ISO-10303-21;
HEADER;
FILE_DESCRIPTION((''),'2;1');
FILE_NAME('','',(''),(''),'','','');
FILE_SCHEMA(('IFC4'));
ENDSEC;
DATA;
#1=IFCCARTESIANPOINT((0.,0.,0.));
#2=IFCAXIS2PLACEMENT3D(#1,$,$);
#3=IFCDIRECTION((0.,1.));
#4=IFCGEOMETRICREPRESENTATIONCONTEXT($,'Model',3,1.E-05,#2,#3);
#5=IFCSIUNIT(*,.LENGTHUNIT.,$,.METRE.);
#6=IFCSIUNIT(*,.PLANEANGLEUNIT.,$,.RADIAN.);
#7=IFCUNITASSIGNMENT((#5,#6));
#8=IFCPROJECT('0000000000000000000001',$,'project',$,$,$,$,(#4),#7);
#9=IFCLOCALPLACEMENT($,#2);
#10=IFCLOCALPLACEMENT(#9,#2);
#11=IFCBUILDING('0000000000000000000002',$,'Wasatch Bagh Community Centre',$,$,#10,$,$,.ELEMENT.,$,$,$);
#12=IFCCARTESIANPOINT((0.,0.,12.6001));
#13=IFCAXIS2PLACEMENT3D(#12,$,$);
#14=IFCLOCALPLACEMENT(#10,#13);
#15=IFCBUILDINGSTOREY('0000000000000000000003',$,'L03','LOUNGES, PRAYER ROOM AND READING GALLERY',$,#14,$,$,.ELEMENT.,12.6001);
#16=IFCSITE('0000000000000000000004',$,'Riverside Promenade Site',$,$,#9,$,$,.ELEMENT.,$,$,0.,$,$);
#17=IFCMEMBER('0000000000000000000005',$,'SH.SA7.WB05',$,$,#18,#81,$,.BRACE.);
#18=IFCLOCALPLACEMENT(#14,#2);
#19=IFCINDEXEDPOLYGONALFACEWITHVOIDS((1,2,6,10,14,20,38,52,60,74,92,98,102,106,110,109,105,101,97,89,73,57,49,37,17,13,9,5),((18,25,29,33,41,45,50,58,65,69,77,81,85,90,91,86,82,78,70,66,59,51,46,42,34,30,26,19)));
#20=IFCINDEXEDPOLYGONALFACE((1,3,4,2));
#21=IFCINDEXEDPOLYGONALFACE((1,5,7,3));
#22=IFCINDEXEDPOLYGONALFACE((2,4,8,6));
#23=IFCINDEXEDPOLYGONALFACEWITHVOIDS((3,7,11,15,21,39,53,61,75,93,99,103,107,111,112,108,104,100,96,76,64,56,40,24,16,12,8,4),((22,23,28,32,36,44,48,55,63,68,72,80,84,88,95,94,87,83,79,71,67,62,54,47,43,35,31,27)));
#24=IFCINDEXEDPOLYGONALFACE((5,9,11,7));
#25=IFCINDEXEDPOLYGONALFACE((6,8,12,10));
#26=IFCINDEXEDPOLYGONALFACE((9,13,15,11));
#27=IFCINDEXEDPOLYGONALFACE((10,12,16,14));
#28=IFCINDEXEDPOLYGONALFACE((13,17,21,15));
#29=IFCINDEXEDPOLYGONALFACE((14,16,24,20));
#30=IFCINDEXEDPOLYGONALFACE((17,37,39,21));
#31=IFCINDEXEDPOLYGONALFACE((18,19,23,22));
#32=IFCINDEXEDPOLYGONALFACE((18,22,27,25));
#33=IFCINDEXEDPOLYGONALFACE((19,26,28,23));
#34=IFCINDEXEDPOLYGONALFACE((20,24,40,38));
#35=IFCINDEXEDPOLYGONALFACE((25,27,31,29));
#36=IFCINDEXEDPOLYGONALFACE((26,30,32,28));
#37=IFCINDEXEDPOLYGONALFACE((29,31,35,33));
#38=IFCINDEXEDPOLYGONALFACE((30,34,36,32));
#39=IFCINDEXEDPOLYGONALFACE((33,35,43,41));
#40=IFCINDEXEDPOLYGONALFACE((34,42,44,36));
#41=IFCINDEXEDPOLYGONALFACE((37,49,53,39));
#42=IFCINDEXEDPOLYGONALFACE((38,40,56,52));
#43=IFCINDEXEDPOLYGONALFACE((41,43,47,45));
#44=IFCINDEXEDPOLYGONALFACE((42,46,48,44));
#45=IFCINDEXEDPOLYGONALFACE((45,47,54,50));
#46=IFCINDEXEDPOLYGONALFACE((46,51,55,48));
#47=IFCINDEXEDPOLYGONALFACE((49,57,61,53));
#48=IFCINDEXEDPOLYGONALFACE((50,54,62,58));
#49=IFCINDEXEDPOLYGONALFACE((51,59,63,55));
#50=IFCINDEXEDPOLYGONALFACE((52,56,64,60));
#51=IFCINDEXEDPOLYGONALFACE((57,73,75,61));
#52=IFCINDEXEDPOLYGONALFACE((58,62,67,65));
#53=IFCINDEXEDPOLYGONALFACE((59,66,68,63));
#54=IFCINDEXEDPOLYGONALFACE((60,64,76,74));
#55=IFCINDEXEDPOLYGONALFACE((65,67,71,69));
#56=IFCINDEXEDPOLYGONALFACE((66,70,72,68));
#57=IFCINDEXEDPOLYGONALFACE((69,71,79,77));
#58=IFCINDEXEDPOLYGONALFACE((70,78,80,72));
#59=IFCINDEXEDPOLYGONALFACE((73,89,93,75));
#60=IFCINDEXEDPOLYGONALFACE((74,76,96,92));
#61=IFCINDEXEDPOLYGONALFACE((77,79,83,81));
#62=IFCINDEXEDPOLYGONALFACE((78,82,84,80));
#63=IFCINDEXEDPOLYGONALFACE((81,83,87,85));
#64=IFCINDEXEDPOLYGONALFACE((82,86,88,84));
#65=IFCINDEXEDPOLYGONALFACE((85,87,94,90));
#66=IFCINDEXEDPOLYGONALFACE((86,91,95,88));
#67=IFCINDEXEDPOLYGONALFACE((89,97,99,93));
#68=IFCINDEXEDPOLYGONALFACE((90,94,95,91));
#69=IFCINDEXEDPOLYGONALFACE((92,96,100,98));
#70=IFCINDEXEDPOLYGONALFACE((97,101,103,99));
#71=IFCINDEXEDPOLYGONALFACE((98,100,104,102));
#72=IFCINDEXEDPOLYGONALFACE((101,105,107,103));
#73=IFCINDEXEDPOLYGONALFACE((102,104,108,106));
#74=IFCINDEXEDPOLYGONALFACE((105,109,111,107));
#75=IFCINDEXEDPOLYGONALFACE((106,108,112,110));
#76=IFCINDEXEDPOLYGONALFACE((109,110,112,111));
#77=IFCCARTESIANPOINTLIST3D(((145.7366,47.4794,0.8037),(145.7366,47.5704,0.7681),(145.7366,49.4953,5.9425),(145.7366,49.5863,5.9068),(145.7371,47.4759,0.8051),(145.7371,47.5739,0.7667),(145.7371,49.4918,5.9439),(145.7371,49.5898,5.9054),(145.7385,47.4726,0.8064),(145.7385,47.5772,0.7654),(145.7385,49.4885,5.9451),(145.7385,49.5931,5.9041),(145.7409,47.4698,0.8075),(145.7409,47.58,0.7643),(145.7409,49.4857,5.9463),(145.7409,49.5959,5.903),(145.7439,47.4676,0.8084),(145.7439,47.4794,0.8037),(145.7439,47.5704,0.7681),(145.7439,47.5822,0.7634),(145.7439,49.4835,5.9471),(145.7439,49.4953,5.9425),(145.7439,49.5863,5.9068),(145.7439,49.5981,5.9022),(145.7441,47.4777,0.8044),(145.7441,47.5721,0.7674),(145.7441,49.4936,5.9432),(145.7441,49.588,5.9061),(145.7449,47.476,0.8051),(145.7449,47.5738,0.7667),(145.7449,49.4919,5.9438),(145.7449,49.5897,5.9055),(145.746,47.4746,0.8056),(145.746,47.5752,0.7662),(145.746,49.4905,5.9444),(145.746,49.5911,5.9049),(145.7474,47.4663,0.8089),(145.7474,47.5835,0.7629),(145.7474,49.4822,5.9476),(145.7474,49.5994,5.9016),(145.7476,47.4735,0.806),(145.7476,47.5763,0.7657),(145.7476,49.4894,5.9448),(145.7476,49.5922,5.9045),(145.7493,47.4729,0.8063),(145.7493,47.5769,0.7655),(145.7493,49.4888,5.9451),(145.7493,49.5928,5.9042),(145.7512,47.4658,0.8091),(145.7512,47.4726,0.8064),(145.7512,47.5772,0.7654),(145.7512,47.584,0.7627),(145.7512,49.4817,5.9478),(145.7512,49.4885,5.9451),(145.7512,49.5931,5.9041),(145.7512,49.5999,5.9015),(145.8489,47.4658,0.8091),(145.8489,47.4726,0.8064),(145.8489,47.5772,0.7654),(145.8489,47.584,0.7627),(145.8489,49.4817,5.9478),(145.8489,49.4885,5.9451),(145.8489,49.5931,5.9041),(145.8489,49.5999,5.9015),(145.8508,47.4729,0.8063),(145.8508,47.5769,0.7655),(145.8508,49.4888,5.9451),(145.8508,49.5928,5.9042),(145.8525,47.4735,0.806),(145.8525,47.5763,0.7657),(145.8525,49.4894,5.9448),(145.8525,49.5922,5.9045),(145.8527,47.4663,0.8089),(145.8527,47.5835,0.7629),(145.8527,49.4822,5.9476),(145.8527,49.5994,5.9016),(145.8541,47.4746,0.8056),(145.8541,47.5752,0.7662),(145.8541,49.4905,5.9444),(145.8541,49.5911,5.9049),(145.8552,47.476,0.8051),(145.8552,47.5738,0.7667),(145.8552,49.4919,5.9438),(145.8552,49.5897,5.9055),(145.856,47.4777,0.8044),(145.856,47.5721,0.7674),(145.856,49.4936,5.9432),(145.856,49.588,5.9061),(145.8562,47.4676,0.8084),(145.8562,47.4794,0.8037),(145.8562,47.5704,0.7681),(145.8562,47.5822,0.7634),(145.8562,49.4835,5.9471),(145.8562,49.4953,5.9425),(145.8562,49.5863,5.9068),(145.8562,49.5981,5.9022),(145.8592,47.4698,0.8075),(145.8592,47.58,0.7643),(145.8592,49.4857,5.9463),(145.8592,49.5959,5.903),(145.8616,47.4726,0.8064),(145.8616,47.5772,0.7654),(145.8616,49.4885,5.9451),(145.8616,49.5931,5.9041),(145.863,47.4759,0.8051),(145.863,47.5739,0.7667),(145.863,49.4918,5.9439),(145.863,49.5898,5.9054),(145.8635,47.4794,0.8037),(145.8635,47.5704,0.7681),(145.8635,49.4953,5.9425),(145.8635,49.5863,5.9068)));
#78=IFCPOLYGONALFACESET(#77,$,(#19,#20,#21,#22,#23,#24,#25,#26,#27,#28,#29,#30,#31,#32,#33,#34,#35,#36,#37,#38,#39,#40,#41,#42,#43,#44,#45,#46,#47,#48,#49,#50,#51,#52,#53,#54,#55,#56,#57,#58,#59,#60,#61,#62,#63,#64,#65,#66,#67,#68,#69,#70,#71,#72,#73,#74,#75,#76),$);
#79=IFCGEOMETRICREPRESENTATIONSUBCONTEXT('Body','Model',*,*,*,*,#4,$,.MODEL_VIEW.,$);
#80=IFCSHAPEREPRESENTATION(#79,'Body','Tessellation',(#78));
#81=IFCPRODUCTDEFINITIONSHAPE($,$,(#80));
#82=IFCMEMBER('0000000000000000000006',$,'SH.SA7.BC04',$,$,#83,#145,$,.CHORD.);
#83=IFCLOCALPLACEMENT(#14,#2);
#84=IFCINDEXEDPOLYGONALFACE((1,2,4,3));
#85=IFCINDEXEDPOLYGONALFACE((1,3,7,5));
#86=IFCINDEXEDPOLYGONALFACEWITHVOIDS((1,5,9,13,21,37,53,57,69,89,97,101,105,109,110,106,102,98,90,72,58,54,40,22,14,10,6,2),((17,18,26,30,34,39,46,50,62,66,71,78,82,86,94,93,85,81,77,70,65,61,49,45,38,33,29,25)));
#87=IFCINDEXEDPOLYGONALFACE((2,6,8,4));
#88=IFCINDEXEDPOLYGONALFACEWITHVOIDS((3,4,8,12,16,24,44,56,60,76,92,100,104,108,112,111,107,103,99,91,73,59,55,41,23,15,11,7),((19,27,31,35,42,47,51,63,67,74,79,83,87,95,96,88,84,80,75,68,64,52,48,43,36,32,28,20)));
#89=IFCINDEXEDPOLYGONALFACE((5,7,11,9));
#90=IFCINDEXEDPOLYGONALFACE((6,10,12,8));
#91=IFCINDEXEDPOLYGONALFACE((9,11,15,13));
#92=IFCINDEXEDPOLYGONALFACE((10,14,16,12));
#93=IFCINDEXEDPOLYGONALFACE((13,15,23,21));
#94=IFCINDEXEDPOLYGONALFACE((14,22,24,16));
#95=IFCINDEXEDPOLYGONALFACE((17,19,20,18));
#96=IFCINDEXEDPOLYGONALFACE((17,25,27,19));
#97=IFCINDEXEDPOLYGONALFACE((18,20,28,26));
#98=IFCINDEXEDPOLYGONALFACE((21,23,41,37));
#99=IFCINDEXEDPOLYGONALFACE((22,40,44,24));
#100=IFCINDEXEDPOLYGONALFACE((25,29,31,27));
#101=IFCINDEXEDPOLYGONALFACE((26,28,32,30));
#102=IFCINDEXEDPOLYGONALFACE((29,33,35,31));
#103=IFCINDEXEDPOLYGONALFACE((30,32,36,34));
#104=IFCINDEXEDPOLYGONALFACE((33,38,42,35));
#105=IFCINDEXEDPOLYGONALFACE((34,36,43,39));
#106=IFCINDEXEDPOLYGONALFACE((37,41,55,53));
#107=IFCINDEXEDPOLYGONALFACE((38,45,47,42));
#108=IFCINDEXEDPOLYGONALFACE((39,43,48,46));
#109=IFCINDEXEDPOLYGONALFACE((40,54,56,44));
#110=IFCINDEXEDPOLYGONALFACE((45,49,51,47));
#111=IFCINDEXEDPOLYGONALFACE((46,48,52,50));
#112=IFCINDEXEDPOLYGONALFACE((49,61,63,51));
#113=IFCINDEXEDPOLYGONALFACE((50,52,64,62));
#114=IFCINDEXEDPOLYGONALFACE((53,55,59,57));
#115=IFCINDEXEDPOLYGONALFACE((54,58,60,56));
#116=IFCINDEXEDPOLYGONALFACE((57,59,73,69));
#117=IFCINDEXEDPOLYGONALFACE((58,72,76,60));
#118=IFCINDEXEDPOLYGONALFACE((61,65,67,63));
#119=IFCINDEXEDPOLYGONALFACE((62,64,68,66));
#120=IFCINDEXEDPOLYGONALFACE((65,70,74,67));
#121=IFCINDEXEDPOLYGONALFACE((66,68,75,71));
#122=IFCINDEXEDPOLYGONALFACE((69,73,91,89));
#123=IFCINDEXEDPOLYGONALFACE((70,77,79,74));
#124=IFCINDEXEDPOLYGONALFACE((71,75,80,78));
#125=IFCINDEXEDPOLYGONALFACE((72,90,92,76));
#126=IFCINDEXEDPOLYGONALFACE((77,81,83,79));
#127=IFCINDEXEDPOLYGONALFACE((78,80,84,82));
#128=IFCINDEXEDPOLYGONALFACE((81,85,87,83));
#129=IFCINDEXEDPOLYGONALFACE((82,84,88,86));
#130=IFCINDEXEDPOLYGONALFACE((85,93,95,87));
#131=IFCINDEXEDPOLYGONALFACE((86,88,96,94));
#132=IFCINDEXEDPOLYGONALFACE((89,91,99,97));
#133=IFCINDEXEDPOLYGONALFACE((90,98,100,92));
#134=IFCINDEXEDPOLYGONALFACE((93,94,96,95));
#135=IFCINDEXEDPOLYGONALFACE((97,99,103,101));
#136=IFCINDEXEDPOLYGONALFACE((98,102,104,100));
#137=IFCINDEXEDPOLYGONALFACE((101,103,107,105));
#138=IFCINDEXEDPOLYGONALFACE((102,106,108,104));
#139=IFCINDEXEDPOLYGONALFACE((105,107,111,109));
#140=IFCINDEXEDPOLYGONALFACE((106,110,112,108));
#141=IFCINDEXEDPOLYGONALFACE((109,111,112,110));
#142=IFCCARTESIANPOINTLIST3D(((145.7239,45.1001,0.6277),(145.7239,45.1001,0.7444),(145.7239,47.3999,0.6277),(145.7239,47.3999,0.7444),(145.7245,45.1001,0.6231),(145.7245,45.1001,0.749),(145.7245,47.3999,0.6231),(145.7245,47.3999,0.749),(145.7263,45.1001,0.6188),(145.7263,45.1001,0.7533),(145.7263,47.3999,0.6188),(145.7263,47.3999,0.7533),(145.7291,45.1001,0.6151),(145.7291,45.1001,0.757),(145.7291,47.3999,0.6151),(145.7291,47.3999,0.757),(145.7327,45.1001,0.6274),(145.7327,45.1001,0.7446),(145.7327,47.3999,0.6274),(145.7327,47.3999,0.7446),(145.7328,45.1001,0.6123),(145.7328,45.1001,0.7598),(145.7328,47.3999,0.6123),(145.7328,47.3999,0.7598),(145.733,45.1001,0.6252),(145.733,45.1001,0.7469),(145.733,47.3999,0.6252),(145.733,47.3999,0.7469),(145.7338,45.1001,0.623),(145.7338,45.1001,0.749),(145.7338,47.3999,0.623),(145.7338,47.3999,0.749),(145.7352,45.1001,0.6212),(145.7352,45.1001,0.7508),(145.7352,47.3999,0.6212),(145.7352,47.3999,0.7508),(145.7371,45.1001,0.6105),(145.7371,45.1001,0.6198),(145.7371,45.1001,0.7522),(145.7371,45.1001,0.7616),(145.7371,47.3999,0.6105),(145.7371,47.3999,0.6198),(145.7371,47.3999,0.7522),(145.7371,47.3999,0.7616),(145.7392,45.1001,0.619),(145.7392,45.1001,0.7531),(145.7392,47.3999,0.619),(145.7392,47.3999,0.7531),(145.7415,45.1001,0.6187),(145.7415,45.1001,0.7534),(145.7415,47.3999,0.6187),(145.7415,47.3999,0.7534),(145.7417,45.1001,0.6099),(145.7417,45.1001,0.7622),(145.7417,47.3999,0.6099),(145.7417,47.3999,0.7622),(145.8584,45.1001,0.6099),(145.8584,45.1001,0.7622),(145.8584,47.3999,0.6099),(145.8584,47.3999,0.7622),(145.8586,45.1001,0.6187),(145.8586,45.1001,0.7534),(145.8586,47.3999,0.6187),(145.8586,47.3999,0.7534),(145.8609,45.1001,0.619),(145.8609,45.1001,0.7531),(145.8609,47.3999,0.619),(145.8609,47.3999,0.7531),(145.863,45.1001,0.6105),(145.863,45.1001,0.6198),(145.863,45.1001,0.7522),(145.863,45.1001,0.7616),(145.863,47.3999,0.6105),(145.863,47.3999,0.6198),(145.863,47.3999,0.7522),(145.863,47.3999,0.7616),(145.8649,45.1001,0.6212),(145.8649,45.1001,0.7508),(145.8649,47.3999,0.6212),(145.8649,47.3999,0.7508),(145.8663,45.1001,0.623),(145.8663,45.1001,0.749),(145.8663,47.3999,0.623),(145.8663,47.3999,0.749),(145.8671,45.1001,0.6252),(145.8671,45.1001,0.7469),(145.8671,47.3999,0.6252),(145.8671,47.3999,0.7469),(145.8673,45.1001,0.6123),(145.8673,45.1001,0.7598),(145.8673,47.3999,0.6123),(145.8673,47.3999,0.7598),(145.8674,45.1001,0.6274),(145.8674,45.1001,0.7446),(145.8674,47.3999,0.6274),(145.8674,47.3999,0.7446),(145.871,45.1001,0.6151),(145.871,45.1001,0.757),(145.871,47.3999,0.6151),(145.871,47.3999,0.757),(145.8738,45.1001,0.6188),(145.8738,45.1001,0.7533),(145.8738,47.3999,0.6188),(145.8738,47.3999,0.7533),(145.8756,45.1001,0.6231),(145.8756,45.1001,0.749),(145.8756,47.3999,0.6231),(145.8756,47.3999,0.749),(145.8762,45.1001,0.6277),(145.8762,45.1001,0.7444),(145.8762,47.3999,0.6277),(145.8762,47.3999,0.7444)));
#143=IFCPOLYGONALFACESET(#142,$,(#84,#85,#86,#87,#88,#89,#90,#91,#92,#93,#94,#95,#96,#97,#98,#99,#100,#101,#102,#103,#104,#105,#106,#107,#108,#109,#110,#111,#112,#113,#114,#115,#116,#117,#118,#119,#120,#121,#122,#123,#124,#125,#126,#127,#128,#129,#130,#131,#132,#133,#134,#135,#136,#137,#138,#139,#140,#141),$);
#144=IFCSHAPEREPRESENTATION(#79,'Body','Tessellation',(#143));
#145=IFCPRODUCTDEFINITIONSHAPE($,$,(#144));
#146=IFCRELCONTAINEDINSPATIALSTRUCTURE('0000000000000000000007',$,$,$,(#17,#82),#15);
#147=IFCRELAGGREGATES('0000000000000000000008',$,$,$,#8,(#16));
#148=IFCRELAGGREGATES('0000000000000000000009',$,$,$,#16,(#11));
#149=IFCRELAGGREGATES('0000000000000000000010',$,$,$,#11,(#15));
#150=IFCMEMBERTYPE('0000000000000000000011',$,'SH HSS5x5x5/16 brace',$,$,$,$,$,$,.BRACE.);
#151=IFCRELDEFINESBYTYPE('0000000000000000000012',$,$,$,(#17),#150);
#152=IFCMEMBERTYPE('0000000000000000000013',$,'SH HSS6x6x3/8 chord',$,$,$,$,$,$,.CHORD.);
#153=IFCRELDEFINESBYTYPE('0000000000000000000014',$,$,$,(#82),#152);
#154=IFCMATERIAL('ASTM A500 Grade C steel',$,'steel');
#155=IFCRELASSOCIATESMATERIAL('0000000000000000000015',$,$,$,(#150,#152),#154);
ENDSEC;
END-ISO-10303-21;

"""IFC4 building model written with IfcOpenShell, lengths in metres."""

from ifc_helpers import new_model, si_unit, direction, frame, origin, origin_2d, place, context, subcontext, project, spatial, hollow_rectangle, extrude, material, material_profile, profile_set, type_object, element, save


model = new_model("IFC4")

# Units and contexts
model_context = context("Model", 3, precision=1e-05, world=origin(), true_north=direction((0.0, 1.0)))
body_context = subcontext(model_context, "Body", "Model", "MODEL_VIEW")
ifc_project = project(units=[si_unit("LENGTHUNIT", "METRE"), si_unit("PLANEANGLEUNIT", "RADIAN")], contexts=[model_context])

# Site, building, storey
site_placement = place(None, origin())
site = spatial("IfcSite", under=ifc_project, at=site_placement, Name="Riverside Promenade Site", CompositionType="ELEMENT", RefElevation=0.0)
building_placement = place(site_placement, origin())
building = spatial("IfcBuilding", under=site, at=building_placement, Name="Wasatch Bagh Community Centre", CompositionType="ELEMENT")
storey_placement = place(building_placement, frame((0.0, 0.0, 12.6001)))
storey = spatial("IfcBuildingStorey", under=building, at=storey_placement, Name="L03", Description="LOUNGES, PRAYER ROOM AND READING GALLERY", CompositionType="ELEMENT", Elevation=12.6001)

# Members
ifc_material_1 = material(Name="ASTM A500 Grade C steel", Category="steel")
ifc_material_profile_1 = material_profile(ifc_material_1, hollow_rectangle(XDim=0.127, YDim=0.127, WallThickness=0.0073, InnerFilletRadius=0.0073, OuterFilletRadius=0.0146, at=origin_2d()), Name="HSS5x5x5/16")
ifc_profile_set_1 = profile_set([ifc_material_profile_1], Name="ASTM A500 Grade C steel")
member_type_1 = type_object("IfcMemberType", Name="SH HSS5x5x5/16 brace", PredefinedType="BRACE", material=ifc_profile_set_1)
member_1_placement = place(storey_placement, frame((145.8, 47.5249, 0.7859), z_axis=(0.0, 0.365198, 0.93093), x_axis=(-1.0, 0.0, 0.0)))
element("IfcMember", 1, at=member_1_placement, inside=storey, type_object=member_type_1, Name="SH.SA7.WB05", PredefinedType="BRACE", context=body_context, shape_type="SweptSolid", body=[
    extrude(hollow_rectangle(XDim=0.127, YDim=0.127, WallThickness=0.0073, InnerFilletRadius=0.0073, OuterFilletRadius=0.0146, at=origin_2d()), origin(), (0.0, 0.0, 1.0), 5.52),
])
ifc_material_profile_2 = material_profile(ifc_material_1, hollow_rectangle(XDim=0.1523, YDim=0.1523, WallThickness=0.0088, InnerFilletRadius=0.0088, OuterFilletRadius=0.0178, at=origin_2d()), Name="HSS6x6x3/8")
ifc_profile_set_2 = profile_set([ifc_material_profile_2], Name="ASTM A500 Grade C steel")
member_type_2 = type_object("IfcMemberType", Name="SH HSS6x6x3/8 chord", PredefinedType="CHORD", material=ifc_profile_set_2)
member_2_placement = place(storey_placement, frame((145.8, 45.1001, 0.686), z_axis=(0.0, 1.0, 0.0), x_axis=(-1.0, 0.0, 0.0)))
element("IfcMember", 2, at=member_2_placement, inside=storey, type_object=member_type_2, Name="SH.SA7.BC04", PredefinedType="CHORD", context=body_context, shape_type="SweptSolid", body=[
    extrude(hollow_rectangle(XDim=0.1523, YDim=0.1523, WallThickness=0.0088, InnerFilletRadius=0.0088, OuterFilletRadius=0.0178, at=origin_2d()), origin(), (0.0, 0.0, 1.0), 2.2998),
])

save(model, "model.ifc")
